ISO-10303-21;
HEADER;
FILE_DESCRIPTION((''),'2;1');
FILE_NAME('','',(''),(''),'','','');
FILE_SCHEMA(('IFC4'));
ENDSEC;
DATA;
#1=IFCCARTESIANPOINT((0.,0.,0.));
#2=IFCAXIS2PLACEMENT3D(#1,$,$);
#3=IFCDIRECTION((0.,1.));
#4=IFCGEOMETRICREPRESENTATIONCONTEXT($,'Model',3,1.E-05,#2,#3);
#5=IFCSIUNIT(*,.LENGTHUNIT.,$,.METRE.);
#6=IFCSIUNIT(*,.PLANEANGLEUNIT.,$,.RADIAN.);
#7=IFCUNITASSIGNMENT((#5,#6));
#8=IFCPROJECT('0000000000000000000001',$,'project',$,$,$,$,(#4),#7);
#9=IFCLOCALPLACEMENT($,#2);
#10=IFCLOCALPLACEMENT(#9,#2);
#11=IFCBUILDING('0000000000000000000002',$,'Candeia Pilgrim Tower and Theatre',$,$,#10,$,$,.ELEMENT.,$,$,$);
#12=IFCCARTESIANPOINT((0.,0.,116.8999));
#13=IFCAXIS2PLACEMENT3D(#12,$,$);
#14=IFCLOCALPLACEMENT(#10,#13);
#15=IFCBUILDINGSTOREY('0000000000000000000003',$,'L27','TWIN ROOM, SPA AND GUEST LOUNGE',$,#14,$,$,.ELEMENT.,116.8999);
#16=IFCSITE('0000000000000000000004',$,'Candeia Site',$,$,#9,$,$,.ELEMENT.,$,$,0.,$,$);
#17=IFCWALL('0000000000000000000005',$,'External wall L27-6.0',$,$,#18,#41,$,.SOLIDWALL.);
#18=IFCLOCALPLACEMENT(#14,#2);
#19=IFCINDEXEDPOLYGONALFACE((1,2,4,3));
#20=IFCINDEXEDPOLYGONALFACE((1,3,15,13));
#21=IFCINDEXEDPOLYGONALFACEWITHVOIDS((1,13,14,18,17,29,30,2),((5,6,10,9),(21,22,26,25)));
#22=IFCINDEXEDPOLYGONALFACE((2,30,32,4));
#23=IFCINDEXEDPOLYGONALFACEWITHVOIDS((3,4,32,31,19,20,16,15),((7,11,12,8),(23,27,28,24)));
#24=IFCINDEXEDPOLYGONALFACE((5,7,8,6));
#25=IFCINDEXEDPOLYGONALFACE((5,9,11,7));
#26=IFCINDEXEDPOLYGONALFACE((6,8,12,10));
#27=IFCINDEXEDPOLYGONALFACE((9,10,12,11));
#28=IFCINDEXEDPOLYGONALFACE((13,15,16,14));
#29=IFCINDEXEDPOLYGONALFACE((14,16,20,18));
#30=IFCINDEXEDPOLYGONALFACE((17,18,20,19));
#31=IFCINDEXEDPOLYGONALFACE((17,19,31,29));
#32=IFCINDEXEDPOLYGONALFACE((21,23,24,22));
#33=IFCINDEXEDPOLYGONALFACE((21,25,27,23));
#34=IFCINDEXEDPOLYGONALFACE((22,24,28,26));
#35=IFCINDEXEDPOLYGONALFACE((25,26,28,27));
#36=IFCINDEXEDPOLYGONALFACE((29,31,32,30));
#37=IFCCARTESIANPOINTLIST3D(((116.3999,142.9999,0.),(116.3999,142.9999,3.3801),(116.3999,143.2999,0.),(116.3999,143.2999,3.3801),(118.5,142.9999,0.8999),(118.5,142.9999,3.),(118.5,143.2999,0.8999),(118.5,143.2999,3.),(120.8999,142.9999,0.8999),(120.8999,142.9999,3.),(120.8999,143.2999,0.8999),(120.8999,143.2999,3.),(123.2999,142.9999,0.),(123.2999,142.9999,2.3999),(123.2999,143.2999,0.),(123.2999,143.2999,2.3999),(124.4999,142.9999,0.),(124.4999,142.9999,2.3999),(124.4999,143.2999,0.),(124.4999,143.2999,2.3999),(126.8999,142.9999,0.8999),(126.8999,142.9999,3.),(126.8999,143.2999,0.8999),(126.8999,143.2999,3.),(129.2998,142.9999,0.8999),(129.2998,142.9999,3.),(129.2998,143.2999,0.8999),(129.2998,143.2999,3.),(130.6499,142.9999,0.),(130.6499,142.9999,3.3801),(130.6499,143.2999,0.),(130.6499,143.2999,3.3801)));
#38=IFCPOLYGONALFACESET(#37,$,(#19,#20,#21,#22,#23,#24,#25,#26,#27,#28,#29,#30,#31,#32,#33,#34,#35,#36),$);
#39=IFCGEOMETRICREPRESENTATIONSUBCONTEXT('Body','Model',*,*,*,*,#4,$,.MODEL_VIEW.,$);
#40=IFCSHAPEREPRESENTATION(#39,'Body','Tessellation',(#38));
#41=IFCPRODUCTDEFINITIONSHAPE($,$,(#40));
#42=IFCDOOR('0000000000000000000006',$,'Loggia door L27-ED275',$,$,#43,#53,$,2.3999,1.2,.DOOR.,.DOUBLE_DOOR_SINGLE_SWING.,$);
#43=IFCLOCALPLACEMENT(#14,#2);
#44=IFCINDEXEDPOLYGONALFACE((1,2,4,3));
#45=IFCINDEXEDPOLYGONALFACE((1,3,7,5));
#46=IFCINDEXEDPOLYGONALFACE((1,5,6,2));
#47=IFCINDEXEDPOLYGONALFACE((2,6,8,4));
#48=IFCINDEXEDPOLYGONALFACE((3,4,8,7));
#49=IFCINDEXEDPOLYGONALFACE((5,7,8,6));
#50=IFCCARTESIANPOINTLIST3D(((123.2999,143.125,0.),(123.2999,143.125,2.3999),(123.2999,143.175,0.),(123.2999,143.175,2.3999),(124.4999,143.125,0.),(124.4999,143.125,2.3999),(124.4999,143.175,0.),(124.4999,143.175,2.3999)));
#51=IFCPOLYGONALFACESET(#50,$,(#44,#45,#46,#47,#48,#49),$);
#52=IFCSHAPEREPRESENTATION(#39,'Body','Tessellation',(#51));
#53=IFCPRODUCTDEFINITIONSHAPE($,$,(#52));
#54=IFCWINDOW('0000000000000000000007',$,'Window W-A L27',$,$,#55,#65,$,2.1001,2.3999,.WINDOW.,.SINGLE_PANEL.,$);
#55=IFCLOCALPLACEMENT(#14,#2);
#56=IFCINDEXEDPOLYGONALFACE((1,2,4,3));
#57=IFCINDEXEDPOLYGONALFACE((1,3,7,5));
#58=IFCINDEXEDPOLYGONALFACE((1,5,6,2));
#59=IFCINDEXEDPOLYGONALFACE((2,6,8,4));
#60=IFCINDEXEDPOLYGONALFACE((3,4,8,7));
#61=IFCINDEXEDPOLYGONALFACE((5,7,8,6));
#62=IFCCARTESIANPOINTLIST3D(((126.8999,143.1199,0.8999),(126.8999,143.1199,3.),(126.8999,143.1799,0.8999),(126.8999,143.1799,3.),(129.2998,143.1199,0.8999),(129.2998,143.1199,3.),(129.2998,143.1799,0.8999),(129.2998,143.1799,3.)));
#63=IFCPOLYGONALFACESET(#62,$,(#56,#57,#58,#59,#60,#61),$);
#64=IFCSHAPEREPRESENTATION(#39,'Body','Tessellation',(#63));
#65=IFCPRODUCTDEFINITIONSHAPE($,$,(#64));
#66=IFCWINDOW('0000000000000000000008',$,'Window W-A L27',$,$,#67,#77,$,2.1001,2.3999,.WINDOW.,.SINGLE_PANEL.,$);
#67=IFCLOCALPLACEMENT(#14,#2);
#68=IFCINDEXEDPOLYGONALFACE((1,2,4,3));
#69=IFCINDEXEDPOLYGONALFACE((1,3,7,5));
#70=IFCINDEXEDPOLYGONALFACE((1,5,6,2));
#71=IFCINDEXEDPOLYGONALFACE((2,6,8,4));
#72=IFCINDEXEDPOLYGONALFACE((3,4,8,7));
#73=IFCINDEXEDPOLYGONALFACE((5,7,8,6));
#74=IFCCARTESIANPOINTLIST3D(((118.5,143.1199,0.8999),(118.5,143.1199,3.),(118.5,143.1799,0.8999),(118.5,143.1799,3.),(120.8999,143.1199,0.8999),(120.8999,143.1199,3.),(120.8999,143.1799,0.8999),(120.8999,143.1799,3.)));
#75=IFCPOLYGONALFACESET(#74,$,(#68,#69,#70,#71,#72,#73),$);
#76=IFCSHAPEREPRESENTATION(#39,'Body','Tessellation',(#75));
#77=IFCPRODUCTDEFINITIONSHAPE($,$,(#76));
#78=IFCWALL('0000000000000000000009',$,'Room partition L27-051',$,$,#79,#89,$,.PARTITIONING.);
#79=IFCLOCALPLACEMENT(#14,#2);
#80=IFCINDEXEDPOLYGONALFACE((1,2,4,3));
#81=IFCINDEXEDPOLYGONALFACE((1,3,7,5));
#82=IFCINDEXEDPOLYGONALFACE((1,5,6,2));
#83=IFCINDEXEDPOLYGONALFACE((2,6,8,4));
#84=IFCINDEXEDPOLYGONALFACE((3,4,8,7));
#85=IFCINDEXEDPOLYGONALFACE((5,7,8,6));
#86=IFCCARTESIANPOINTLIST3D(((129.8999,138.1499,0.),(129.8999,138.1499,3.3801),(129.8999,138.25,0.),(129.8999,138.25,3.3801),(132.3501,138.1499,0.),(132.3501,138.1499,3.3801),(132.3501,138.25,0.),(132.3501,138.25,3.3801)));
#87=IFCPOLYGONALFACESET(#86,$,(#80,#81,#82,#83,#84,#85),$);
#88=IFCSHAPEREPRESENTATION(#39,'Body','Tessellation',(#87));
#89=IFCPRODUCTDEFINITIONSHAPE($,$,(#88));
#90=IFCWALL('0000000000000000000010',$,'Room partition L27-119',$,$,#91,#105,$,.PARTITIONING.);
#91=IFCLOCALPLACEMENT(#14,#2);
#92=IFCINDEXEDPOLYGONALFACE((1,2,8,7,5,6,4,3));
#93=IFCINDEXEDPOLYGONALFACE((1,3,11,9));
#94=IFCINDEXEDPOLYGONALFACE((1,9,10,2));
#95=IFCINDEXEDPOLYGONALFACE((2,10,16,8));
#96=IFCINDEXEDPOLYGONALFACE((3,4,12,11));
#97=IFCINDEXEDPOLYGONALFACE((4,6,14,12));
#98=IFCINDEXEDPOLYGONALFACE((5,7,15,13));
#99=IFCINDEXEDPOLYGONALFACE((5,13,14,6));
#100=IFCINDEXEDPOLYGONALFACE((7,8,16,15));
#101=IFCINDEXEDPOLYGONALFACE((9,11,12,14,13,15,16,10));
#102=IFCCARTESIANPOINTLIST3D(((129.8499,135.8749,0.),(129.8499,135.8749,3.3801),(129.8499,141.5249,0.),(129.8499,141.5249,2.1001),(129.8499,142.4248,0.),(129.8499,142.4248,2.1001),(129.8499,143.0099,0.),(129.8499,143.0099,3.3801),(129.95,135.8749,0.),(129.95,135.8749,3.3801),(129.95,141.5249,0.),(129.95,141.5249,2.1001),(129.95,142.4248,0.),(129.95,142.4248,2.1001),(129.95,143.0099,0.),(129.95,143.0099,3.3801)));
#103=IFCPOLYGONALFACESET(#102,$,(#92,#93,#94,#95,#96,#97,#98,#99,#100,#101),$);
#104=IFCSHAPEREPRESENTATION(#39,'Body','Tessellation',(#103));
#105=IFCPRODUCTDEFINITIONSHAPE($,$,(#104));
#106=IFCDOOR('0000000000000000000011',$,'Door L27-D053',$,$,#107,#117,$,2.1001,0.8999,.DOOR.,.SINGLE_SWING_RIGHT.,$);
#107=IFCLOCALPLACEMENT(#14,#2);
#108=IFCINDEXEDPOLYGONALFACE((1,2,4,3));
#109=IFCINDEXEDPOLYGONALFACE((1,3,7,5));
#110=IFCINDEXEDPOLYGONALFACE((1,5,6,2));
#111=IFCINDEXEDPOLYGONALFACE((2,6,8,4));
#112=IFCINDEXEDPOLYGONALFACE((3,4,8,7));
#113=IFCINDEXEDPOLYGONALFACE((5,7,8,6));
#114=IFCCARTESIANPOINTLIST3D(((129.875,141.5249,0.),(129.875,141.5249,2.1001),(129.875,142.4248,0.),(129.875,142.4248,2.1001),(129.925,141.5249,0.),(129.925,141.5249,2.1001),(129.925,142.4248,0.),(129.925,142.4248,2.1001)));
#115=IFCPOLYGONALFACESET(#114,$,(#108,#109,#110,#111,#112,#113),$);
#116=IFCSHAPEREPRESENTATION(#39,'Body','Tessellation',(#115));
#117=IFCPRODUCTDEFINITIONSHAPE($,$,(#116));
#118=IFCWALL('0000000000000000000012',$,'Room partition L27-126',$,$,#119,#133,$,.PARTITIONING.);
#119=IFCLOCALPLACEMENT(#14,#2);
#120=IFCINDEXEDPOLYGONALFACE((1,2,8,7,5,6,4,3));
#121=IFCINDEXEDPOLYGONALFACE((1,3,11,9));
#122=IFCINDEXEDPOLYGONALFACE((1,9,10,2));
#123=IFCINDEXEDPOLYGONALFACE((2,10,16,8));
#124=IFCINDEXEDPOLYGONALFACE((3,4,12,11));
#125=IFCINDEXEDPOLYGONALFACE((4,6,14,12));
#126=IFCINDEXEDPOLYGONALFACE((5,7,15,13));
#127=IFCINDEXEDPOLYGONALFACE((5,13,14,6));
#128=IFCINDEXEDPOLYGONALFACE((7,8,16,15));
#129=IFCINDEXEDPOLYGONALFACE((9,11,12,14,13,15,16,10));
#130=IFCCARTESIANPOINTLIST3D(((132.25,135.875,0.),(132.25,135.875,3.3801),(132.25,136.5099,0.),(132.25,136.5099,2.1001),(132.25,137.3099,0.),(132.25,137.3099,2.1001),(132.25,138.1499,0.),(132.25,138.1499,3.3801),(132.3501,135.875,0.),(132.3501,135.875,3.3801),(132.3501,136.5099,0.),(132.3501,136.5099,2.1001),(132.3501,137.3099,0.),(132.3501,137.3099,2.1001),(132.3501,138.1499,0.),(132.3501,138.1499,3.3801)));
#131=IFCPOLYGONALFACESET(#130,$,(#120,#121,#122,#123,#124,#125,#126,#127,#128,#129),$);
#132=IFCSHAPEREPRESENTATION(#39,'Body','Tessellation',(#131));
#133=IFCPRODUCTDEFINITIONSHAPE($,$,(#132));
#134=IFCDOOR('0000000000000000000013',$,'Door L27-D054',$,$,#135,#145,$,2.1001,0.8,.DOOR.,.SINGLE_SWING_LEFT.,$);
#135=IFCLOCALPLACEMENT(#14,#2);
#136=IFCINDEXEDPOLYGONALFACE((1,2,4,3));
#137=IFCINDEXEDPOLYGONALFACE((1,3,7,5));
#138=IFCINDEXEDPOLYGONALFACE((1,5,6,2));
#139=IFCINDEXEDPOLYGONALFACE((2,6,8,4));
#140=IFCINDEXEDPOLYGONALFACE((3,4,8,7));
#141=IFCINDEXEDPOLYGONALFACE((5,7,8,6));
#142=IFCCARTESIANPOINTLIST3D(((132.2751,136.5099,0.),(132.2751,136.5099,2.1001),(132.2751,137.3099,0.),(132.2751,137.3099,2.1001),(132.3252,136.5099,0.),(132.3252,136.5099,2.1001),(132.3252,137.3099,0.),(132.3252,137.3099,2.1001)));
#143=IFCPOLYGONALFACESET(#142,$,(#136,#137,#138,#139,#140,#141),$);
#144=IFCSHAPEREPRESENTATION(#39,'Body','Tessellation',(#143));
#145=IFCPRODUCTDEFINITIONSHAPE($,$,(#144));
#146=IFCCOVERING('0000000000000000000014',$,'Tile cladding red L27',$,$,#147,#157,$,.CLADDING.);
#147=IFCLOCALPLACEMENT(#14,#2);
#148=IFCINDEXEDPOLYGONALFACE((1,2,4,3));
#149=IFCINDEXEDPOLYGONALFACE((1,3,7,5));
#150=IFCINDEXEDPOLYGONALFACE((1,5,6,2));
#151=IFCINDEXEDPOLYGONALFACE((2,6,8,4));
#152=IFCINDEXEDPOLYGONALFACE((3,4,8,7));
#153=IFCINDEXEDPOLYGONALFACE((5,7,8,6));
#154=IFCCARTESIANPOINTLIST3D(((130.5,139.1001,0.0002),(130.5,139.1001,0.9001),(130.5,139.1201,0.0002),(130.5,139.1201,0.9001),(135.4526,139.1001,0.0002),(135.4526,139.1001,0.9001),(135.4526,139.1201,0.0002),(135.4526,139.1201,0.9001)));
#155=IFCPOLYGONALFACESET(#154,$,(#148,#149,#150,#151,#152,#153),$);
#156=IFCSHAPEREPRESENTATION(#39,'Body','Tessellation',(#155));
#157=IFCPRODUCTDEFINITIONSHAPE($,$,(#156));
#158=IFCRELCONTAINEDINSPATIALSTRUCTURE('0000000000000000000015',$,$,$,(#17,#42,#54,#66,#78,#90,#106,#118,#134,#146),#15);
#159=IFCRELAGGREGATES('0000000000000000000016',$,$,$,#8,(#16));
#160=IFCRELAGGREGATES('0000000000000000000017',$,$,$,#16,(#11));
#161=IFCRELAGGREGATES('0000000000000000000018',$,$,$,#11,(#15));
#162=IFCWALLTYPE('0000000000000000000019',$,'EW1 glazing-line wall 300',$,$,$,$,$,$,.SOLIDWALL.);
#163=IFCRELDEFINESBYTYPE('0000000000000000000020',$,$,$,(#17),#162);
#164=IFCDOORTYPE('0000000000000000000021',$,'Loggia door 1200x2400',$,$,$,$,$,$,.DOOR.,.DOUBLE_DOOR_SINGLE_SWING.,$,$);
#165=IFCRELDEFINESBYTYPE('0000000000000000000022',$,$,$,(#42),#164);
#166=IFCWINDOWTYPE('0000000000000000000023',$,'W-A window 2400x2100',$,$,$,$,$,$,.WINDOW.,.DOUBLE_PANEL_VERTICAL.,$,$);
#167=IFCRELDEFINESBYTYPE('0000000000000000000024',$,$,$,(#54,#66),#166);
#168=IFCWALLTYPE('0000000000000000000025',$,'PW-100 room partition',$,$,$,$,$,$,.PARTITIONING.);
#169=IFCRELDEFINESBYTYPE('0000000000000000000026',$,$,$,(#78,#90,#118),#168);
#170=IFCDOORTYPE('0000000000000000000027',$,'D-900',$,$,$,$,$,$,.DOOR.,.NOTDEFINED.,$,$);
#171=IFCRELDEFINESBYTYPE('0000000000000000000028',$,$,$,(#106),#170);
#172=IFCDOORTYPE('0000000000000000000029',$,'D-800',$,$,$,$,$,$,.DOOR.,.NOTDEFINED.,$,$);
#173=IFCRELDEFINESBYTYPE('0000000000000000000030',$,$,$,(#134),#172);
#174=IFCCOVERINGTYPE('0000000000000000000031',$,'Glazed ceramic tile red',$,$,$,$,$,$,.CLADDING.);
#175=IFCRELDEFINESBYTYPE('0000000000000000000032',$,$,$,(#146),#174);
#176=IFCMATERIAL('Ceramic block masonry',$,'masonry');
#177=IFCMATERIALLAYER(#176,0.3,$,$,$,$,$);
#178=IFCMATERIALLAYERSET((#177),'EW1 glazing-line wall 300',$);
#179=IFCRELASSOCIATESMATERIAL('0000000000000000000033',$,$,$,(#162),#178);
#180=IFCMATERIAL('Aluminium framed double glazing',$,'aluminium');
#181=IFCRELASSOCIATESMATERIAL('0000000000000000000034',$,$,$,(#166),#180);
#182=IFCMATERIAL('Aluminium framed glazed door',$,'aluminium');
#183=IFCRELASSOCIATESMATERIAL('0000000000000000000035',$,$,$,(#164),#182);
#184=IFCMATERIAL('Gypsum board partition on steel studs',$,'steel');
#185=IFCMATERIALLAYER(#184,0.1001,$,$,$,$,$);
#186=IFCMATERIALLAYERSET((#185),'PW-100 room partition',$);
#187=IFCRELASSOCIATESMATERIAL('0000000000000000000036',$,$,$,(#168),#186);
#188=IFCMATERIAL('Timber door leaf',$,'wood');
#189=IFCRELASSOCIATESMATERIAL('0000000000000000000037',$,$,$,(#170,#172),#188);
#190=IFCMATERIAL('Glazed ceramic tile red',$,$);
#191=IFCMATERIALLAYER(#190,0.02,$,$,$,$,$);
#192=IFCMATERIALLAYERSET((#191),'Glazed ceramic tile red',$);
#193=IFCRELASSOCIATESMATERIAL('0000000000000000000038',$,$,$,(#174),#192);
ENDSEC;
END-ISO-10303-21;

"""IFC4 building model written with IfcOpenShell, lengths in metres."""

from ifc_helpers import new_model, si_unit, direction, frame, frame_2d, origin, origin_2d, place, context, subcontext, project, spatial, rectangle, extrude, material, layer, layer_set, type_object, element, fill, save


model = new_model("IFC4")

# Units and contexts
model_context = context("Model", 3, precision=1e-05, world=origin(), true_north=direction((0.0, 1.0)))
body_context = subcontext(model_context, "Body", "Model", "MODEL_VIEW")
ifc_project = project(units=[si_unit("LENGTHUNIT", "METRE"), si_unit("PLANEANGLEUNIT", "RADIAN")], contexts=[model_context])

# Site, building, storey
site_placement = place(None, origin())
site = spatial("IfcSite", under=ifc_project, at=site_placement, Name="Candeia Site", CompositionType="ELEMENT", RefElevation=0.0)
building_placement = place(site_placement, origin())
building = spatial("IfcBuilding", under=site, at=building_placement, Name="Candeia Pilgrim Tower and Theatre", CompositionType="ELEMENT")
storey_placement = place(building_placement, frame((0.0, 0.0, 116.8999)))
storey = spatial("IfcBuildingStorey", under=building, at=storey_placement, Name="L27", Description="TWIN ROOM, SPA AND GUEST LOUNGE", CompositionType="ELEMENT", Elevation=116.8999)

# Shared definitions
ifc_material_1 = material(Name="Ceramic block masonry", Category="masonry")
ifc_layer_1 = layer(ifc_material_1, 0.3)
ifc_layer_set_1 = layer_set([ifc_layer_1], Name="EW1 glazing-line wall 300")
wall_type_1 = type_object("IfcWallType", Name="EW1 glazing-line wall 300", PredefinedType="SOLIDWALL", material=ifc_layer_set_1)
ifc_material_2 = material(Name="Aluminium framed double glazing", Category="aluminium")
window_type = type_object("IfcWindowType", Name="W-A window 2400x2100", PartitioningType="DOUBLE_PANEL_VERTICAL", PredefinedType="WINDOW", material=ifc_material_2)

# Wall, openings, door, windows
wall_1_placement = place(storey_placement, frame((130.6499, 143.1499, 0.0), z_axis=(0.0, 0.0, 1.0), x_axis=(-1.0, 0.0, 0.0)))
wall_1 = element("IfcWall", 1, at=wall_1_placement, inside=storey, type_object=wall_type_1, Name="External wall L27-6.0", PredefinedType="SOLIDWALL", context=body_context, shape_type="SweptSolid", body=[
    extrude(rectangle(XDim=14.25, YDim=0.3, at=frame_2d((7.125, 0.0))), origin(), (0.0, 0.0, 1.0), 3.3801),
])
opening_1_placement = place(wall_1_placement, frame((1.3501, 0.0, 0.8999)))
opening_1 = element("IfcOpeningElement", 2, at=opening_1_placement, cuts=wall_1, PredefinedType="OPENING", context=body_context, shape_type="SweptSolid", body=[
    extrude(rectangle(XDim=2.3999, YDim=2.1001, at=frame_2d((1.2, 1.05))), frame((0.0, 0.1602, 0.0), z_axis=(0.0, -1.0, 0.0), x_axis=(1.0, 0.0, 0.0)), (0.0, 0.0, 1.0), 0.3201),
])
opening_2_placement = place(wall_1_placement, frame((6.1499, 0.0, 0.0)))
opening_2 = element("IfcOpeningElement", 3, at=opening_2_placement, cuts=wall_1, PredefinedType="OPENING", context=body_context, shape_type="SweptSolid", body=[
    extrude(rectangle(XDim=1.2, YDim=2.3999, at=frame_2d((0.6001, 1.2))), frame((0.0, 0.1602, 0.0), z_axis=(0.0, -1.0, 0.0), x_axis=(1.0, 0.0, 0.0)), (0.0, 0.0, 1.0), 0.3201),
])
opening_3_placement = place(wall_1_placement, frame((9.75, 0.0, 0.8999)))
opening_3 = element("IfcOpeningElement", 4, at=opening_3_placement, cuts=wall_1, PredefinedType="OPENING", context=body_context, shape_type="SweptSolid", body=[
    extrude(rectangle(XDim=2.3999, YDim=2.1001, at=frame_2d((1.2, 1.05))), frame((0.0, 0.1602, 0.0), z_axis=(0.0, -1.0, 0.0), x_axis=(1.0, 0.0, 0.0)), (0.0, 0.0, 1.0), 0.3201),
])
ifc_material_3 = material(Name="Aluminium framed glazed door", Category="aluminium")
door_type_1 = type_object("IfcDoorType", Name="Loggia door 1200x2400", OperationType="DOUBLE_DOOR_SINGLE_SWING", PredefinedType="DOOR", material=ifc_material_3)
door_1_placement = place(opening_2_placement, origin())
door_1 = element("IfcDoor", 5, at=door_1_placement, inside=storey, type_object=door_type_1, Name="Loggia door L27-ED275", OperationType="DOUBLE_DOOR_SINGLE_SWING", OverallHeight=2.3999, OverallWidth=1.2, PredefinedType="DOOR", context=body_context, shape_type="SweptSolid", body=[
    extrude(rectangle(XDim=1.2, YDim=2.3999, at=frame_2d((0.6001, 1.2))), frame((0.0, 0.0249, 0.0), z_axis=(0.0, -1.0, 0.0), x_axis=(1.0, 0.0, 0.0)), (0.0, 0.0, 1.0), 0.05),
])
fill(opening_2, door_1)
window_1_placement = place(opening_1_placement, origin())
window_1 = element("IfcWindow", 6, at=window_1_placement, inside=storey, type_object=window_type, Name="Window W-A L27", OverallHeight=2.1001, OverallWidth=2.3999, PartitioningType="SINGLE_PANEL", PredefinedType="WINDOW", context=body_context, shape_type="SweptSolid", body=[
    extrude(rectangle(XDim=2.3999, YDim=2.1001, at=frame_2d((1.2, 1.05))), frame((0.0, 0.03, 0.0), z_axis=(0.0, -1.0, 0.0), x_axis=(1.0, 0.0, 0.0)), (0.0, 0.0, 1.0), 0.0601),
])
fill(opening_1, window_1)
window_2_placement = place(opening_3_placement, origin())
window_2 = element("IfcWindow", 7, at=window_2_placement, inside=storey, type_object=window_type, Name="Window W-A L27", OverallHeight=2.1001, OverallWidth=2.3999, PartitioningType="SINGLE_PANEL", PredefinedType="WINDOW", context=body_context, shape_type="SweptSolid", body=[
    extrude(rectangle(XDim=2.3999, YDim=2.1001, at=frame_2d((1.2, 1.05))), frame((0.0, 0.03, 0.0), z_axis=(0.0, -1.0, 0.0), x_axis=(1.0, 0.0, 0.0)), (0.0, 0.0, 1.0), 0.0601),
])
fill(opening_3, window_2)

# Wall
ifc_material_4 = material(Name="Gypsum board partition on steel studs", Category="steel")
ifc_layer_2 = layer(ifc_material_4, 0.1001)
ifc_layer_set_2 = layer_set([ifc_layer_2], Name="PW-100 room partition")
wall_type_2 = type_object("IfcWallType", Name="PW-100 room partition", PredefinedType="PARTITIONING", material=ifc_layer_set_2)
wall_2_placement = place(storey_placement, frame((129.8999, 138.2, 0.0), z_axis=(0.0, 0.0, 1.0), x_axis=(1.0, 0.0, 0.0)))
element("IfcWall", 8, at=wall_2_placement, inside=storey, type_object=wall_type_2, Name="Room partition L27-051", PredefinedType="PARTITIONING", context=body_context, shape_type="SweptSolid", body=[
    extrude(rectangle(XDim=2.4502, YDim=0.1001, at=frame_2d((1.2251, 0.0))), origin(), (0.0, 0.0, 1.0), 3.3801),
])

# Walls, openings, doors
wall_3_placement = place(storey_placement, frame((129.8999, 135.875, 0.0), z_axis=(0.0, 0.0, 1.0), x_axis=(0.0, 1.0, 0.0)))
wall_3 = element("IfcWall", 9, at=wall_3_placement, inside=storey, type_object=wall_type_2, Name="Room partition L27-119", PredefinedType="PARTITIONING", context=body_context, shape_type="SweptSolid", body=[
    extrude(rectangle(XDim=7.135, YDim=0.1001, at=frame_2d((3.5674, 0.0))), origin(), (0.0, 0.0, 1.0), 3.3801),
])
opening_4_placement = place(wall_3_placement, frame((5.6499, 0.0, 0.0)))
opening_4 = element("IfcOpeningElement", 10, at=opening_4_placement, cuts=wall_3, PredefinedType="OPENING", context=body_context, shape_type="SweptSolid", body=[
    extrude(rectangle(XDim=0.8999, YDim=2.1001, at=frame_2d((0.45, 1.05))), frame((0.0, 0.0601, 0.0), z_axis=(0.0, -1.0, 0.0), x_axis=(1.0, 0.0, 0.0)), (0.0, 0.0, 1.0), 0.1201),
])
ifc_material_5 = material(Name="Timber door leaf", Category="wood")
door_type_2 = type_object("IfcDoorType", Name="D-900", OperationType="NOTDEFINED", PredefinedType="DOOR", material=ifc_material_5)
door_2_placement = place(opening_4_placement, origin())
door_2 = element("IfcDoor", 11, at=door_2_placement, inside=storey, type_object=door_type_2, Name="Door L27-D053", OperationType="SINGLE_SWING_RIGHT", OverallHeight=2.1001, OverallWidth=0.8999, PredefinedType="DOOR", context=body_context, shape_type="SweptSolid", body=[
    extrude(rectangle(XDim=0.8999, YDim=2.1001, at=frame_2d((0.45, 1.05))), frame((0.0, 0.0249, 0.0), z_axis=(0.0, -1.0, 0.0), x_axis=(1.0, 0.0, 0.0)), (0.0, 0.0, 1.0), 0.05),
])
fill(opening_4, door_2)
wall_4_placement = place(storey_placement, frame((132.3, 135.875, 0.0), z_axis=(0.0, 0.0, 1.0), x_axis=(0.0, 1.0, 0.0)))
wall_4 = element("IfcWall", 12, at=wall_4_placement, inside=storey, type_object=wall_type_2, Name="Room partition L27-126", PredefinedType="PARTITIONING", context=body_context, shape_type="SweptSolid", body=[
    extrude(rectangle(XDim=2.2749, YDim=0.1001, at=frame_2d((1.1375, 0.0))), origin(), (0.0, 0.0, 1.0), 3.3801),
])
opening_5_placement = place(wall_4_placement, frame((0.635, 0.0, 0.0)))
opening_5 = element("IfcOpeningElement", 13, at=opening_5_placement, cuts=wall_4, PredefinedType="OPENING", context=body_context, shape_type="SweptSolid", body=[
    extrude(rectangle(XDim=0.8, YDim=2.1001, at=frame_2d((0.3999, 1.05))), frame((0.0, 0.0601, 0.0), z_axis=(0.0, -1.0, 0.0), x_axis=(1.0, 0.0, 0.0)), (0.0, 0.0, 1.0), 0.1201),
])
door_type_3 = type_object("IfcDoorType", Name="D-800", OperationType="NOTDEFINED", PredefinedType="DOOR", material=ifc_material_5)
door_3_placement = place(opening_5_placement, origin())
door_3 = element("IfcDoor", 14, at=door_3_placement, inside=storey, type_object=door_type_3, Name="Door L27-D054", OperationType="SINGLE_SWING_LEFT", OverallHeight=2.1001, OverallWidth=0.8, PredefinedType="DOOR", context=body_context, shape_type="SweptSolid", body=[
    extrude(rectangle(XDim=0.8, YDim=2.1001, at=frame_2d((0.3999, 1.05))), frame((0.0, 0.0249, 0.0), z_axis=(0.0, -1.0, 0.0), x_axis=(1.0, 0.0, 0.0)), (0.0, 0.0, 1.0), 0.05),
])
fill(opening_5, door_3)

# Covering
ifc_material_6 = material(Name="Glazed ceramic tile red")
ifc_layer_3 = layer(ifc_material_6, 0.02)
ifc_layer_set_3 = layer_set([ifc_layer_3], Name="Glazed ceramic tile red")
covering_type_1 = type_object("IfcCoveringType", Name="Glazed ceramic tile red", PredefinedType="CLADDING", material=ifc_layer_set_3)
covering_1_placement = place(storey_placement, frame((132.9763, 139.1101, 0.0002), z_axis=(0.0, 0.0, 1.0), x_axis=(-1.0, 0.0, 0.0)))
element("IfcCovering", 15, at=covering_1_placement, inside=storey, type_object=covering_type_1, Name="Tile cladding red L27", PredefinedType="CLADDING", context=body_context, shape_type="SweptSolid", body=[
    extrude(rectangle(XDim=4.9526, YDim=0.02, at=origin_2d()), origin(), (0.0, 0.0, 1.0), 0.8999),
])

save(model, "model.ifc")
